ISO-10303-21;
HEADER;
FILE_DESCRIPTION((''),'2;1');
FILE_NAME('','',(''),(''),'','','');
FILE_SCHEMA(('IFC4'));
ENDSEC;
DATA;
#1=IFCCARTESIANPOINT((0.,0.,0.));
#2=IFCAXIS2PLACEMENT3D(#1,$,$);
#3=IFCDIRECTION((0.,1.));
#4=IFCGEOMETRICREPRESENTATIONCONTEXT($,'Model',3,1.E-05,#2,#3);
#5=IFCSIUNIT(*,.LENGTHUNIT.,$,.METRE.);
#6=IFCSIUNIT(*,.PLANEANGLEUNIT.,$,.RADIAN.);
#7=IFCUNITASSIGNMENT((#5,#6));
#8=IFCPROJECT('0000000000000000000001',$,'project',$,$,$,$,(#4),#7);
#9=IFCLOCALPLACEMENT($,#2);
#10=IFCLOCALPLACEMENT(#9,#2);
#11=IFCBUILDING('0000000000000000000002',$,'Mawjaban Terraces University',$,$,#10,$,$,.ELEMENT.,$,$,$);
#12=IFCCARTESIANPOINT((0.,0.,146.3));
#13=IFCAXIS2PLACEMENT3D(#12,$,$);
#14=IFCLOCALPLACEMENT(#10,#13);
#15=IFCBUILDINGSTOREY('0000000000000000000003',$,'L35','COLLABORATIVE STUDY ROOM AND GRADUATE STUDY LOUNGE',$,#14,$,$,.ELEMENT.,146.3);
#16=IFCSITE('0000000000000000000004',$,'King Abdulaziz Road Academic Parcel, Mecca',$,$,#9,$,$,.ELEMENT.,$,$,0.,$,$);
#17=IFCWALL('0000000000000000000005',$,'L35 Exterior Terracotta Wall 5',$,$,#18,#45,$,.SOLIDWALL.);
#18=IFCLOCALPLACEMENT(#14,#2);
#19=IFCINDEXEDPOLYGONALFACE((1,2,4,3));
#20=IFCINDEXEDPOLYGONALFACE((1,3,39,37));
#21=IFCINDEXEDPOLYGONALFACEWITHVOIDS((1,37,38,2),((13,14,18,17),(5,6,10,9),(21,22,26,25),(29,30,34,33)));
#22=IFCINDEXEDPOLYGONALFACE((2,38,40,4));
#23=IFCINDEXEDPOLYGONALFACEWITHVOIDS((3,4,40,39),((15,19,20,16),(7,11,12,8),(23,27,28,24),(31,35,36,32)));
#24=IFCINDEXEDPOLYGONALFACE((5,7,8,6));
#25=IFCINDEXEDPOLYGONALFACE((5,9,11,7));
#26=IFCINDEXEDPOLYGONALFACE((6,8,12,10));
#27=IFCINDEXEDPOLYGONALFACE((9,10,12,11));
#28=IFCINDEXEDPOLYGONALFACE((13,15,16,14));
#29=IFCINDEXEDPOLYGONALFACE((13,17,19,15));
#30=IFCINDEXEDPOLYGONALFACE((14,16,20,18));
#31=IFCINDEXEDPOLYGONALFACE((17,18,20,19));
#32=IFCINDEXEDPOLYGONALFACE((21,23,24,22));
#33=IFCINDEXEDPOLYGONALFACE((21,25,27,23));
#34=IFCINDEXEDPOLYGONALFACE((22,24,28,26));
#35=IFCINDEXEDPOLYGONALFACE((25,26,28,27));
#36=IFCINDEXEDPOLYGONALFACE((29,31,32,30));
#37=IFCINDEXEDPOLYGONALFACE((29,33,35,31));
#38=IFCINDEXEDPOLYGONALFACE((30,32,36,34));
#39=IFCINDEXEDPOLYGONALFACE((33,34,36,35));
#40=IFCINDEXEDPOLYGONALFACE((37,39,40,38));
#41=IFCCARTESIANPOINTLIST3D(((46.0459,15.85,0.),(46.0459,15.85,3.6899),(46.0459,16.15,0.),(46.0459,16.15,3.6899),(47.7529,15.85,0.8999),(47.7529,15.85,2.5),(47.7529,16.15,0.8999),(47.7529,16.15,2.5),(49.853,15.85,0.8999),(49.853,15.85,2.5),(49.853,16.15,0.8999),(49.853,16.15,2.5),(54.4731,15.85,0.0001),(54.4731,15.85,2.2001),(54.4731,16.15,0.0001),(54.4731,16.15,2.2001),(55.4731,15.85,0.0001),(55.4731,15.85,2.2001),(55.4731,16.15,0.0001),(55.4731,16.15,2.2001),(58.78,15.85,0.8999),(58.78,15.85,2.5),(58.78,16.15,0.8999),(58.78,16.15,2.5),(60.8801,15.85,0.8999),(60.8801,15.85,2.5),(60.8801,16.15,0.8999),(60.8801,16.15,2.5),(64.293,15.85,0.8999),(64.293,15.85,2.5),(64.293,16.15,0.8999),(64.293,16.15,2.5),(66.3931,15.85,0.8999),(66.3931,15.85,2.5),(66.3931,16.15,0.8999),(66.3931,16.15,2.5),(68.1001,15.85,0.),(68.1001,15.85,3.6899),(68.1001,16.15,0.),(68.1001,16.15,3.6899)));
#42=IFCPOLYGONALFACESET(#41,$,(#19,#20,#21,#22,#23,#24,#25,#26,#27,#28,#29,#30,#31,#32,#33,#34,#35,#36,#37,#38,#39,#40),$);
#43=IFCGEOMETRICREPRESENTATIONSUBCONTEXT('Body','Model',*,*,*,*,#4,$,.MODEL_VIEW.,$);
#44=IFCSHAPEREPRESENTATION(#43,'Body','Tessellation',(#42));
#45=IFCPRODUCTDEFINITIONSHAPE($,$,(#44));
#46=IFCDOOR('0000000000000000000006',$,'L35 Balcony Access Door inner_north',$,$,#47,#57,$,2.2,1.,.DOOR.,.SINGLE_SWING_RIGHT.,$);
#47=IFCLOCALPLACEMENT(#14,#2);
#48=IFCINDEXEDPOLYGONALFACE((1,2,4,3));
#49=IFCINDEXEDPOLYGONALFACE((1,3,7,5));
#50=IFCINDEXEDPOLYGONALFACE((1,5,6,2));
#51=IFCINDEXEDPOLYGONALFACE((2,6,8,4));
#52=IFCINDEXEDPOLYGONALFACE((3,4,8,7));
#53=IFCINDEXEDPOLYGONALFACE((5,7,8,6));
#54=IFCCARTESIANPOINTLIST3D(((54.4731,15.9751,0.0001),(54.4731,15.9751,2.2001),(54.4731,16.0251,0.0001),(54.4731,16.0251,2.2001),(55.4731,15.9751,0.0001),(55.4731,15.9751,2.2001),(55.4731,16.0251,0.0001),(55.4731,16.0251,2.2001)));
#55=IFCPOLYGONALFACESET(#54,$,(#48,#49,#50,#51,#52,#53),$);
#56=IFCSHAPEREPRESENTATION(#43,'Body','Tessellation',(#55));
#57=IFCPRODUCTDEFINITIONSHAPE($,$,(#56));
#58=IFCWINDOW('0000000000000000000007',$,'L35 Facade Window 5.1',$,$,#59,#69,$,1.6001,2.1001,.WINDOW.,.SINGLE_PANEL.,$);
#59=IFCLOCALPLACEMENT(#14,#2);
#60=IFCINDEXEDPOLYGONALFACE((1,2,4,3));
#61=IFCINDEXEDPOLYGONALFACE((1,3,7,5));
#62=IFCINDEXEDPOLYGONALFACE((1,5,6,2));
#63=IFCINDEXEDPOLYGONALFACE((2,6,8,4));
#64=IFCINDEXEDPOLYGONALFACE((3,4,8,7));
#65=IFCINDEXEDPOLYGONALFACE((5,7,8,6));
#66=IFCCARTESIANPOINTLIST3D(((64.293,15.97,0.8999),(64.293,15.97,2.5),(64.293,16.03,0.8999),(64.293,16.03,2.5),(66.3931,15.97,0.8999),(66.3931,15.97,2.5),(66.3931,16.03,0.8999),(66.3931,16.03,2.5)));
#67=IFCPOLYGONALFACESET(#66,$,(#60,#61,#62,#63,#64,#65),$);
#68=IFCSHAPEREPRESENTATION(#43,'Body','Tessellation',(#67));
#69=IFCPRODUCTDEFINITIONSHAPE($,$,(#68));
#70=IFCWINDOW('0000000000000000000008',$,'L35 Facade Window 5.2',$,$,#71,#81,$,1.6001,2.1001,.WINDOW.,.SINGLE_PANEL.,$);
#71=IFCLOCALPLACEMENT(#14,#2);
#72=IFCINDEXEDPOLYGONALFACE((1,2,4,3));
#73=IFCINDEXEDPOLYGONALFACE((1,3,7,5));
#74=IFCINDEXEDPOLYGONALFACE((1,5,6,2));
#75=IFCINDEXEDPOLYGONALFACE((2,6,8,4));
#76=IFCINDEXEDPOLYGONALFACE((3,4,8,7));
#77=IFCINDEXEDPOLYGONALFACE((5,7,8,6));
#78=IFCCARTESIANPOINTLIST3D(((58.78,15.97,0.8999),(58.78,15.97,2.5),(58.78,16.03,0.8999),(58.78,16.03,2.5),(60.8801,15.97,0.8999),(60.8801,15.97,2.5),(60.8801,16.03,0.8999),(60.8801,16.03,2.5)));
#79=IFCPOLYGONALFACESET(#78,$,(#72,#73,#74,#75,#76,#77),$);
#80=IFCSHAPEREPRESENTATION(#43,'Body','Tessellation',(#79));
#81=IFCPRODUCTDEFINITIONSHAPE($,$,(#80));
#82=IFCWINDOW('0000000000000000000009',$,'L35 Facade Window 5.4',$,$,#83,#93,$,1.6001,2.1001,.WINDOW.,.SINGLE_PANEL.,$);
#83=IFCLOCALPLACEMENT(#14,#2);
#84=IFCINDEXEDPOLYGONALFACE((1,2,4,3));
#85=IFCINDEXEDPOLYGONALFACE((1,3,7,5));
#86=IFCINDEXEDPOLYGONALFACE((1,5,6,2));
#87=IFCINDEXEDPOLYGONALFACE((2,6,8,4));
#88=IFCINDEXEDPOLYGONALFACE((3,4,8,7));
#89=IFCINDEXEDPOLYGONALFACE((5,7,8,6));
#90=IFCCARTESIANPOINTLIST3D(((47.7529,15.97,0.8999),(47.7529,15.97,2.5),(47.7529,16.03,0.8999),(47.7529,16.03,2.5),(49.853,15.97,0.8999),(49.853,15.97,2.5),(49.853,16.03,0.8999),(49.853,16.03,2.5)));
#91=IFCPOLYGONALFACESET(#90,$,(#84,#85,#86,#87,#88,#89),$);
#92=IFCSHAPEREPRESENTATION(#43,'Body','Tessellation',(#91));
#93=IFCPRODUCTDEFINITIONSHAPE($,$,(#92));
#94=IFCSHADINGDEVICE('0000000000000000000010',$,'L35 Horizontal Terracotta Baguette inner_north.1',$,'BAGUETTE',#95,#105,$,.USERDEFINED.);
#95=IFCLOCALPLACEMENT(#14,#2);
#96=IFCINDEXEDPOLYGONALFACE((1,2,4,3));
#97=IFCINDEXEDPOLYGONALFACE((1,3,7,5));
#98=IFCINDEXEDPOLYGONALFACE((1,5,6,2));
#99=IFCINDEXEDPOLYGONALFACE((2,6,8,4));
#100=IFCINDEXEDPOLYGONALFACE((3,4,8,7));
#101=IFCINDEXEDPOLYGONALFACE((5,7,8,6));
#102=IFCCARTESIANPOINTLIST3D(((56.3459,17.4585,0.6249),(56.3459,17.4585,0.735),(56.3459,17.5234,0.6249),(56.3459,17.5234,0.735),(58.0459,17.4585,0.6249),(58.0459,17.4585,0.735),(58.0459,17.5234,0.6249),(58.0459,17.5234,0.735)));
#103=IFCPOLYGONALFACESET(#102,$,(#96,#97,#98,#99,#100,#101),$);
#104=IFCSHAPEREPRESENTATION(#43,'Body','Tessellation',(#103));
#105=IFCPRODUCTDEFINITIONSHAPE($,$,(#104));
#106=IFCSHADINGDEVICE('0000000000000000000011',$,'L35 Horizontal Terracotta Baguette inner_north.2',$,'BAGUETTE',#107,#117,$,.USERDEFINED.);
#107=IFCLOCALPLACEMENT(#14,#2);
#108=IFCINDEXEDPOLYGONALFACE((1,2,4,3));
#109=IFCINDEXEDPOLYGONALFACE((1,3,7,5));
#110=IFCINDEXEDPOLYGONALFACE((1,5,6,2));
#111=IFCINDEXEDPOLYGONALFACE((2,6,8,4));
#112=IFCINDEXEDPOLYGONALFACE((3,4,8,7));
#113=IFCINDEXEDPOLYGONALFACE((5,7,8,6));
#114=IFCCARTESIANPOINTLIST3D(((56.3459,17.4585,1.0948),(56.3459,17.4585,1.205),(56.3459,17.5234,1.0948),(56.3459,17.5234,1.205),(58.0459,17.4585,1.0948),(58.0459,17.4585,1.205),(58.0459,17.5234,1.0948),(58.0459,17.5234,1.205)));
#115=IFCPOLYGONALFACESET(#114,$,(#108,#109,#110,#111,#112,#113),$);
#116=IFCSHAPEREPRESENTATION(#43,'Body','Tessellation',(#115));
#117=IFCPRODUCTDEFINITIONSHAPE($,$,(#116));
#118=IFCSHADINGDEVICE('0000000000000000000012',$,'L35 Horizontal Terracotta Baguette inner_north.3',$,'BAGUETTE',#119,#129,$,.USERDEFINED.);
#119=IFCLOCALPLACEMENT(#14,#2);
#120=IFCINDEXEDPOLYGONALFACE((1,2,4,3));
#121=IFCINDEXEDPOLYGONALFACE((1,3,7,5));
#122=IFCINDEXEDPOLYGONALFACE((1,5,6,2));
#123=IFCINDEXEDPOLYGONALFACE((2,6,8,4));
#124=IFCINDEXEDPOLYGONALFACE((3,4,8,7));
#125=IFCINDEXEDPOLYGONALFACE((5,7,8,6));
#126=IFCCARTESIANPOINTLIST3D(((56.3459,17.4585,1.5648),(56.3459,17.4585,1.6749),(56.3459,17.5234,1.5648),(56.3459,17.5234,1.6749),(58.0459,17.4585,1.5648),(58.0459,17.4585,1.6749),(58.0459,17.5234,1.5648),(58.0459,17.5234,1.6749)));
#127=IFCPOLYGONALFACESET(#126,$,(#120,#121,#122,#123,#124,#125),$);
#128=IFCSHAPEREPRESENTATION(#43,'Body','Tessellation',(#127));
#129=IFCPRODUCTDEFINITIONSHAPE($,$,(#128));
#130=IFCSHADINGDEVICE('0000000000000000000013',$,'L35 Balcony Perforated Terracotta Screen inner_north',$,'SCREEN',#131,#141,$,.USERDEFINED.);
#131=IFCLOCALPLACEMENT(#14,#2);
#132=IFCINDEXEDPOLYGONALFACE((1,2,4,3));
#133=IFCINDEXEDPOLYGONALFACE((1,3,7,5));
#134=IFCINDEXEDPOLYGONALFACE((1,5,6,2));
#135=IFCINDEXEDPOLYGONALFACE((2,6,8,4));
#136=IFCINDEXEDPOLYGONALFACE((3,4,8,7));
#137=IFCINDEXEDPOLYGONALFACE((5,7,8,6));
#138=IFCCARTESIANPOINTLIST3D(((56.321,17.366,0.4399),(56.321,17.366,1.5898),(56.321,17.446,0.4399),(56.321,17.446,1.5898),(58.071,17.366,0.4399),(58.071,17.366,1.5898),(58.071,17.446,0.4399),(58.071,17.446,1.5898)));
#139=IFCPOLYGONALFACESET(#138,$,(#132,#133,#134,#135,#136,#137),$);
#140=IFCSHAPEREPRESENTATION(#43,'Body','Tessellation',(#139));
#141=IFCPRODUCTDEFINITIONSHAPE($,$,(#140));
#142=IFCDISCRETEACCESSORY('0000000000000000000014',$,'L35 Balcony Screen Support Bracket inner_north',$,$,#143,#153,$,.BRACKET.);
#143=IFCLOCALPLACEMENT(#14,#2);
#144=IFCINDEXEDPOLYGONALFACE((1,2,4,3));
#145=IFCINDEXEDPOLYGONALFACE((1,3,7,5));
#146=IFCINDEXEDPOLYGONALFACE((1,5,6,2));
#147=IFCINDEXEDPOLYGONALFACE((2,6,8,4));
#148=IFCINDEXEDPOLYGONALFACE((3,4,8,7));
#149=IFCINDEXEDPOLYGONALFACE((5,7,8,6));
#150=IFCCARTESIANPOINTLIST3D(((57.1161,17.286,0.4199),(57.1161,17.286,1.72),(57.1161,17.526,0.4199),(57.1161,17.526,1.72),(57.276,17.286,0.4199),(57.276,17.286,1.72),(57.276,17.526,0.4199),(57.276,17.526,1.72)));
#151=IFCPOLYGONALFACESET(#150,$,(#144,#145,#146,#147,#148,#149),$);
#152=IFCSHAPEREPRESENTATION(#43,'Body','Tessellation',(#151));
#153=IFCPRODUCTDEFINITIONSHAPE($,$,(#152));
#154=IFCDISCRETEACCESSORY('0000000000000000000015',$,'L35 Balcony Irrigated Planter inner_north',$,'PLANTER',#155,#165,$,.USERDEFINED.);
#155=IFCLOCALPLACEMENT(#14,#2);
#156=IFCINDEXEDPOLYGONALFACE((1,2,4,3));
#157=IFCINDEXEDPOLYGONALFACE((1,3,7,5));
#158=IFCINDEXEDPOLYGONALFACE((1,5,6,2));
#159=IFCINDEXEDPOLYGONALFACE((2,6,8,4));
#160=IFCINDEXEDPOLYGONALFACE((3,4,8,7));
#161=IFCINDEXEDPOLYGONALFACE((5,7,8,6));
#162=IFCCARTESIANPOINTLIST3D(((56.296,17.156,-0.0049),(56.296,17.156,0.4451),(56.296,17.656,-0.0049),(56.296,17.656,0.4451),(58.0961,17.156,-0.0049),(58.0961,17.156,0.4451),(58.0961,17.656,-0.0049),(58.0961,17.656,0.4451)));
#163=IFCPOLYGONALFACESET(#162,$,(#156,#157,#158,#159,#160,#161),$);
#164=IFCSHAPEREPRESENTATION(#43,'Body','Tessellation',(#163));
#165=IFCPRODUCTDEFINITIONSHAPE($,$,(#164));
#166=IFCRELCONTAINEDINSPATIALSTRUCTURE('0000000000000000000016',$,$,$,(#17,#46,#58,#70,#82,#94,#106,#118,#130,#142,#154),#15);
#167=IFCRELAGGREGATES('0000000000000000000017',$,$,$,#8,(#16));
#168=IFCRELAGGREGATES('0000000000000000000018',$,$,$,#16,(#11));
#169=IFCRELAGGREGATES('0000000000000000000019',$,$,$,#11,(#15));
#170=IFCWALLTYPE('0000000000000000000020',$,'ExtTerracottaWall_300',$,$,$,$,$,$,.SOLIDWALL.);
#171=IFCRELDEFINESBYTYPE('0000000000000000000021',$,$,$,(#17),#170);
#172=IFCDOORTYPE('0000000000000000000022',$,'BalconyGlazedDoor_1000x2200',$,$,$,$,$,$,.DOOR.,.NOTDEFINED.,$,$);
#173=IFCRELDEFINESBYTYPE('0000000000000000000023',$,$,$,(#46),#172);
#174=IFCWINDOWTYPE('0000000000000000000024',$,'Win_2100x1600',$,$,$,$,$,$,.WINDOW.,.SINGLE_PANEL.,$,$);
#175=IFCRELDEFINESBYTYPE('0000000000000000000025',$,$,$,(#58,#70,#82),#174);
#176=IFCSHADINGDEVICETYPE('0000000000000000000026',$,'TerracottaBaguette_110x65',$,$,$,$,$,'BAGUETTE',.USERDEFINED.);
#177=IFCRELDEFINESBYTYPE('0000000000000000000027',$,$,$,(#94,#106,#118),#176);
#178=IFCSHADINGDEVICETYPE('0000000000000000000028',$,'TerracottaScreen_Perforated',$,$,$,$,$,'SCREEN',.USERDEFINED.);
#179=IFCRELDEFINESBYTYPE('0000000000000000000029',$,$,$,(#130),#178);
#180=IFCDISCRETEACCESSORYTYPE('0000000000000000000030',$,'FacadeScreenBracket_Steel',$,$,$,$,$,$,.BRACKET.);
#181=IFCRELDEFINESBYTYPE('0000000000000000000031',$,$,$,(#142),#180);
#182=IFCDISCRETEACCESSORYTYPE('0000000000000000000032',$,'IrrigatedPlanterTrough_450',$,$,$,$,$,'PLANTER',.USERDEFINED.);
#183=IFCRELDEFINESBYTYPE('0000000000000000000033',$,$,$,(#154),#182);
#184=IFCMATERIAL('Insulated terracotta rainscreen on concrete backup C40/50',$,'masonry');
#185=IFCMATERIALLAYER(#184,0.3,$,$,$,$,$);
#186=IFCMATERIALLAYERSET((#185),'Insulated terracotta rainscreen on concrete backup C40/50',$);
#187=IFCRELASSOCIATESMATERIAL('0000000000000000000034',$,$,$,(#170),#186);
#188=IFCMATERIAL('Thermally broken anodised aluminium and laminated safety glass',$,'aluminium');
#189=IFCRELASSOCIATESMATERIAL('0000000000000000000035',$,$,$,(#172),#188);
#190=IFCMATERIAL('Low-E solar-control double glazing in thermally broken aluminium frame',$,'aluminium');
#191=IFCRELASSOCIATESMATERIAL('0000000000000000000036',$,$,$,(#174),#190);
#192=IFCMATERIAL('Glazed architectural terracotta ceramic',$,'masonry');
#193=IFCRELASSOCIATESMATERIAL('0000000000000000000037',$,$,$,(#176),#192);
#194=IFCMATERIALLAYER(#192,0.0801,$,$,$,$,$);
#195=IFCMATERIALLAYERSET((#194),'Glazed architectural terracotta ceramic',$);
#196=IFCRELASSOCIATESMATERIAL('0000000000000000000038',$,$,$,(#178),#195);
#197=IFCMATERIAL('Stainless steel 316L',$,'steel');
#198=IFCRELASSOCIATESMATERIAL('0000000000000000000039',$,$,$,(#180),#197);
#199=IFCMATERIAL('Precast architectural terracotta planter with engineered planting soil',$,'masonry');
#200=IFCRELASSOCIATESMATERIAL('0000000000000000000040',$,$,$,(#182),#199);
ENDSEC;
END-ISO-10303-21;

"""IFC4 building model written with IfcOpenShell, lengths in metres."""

from ifc_helpers import new_model, si_unit, direction, frame, frame_2d, origin, origin_2d, place, context, subcontext, project, spatial, rectangle, extrude, material, layer, layer_set, material_profile, profile_set, type_object, element, fill, save


model = new_model("IFC4")

# Units and contexts
model_context = context("Model", 3, precision=1e-05, world=origin(), true_north=direction((0.0, 1.0)))
body_context = subcontext(model_context, "Body", "Model", "MODEL_VIEW")
ifc_project = project(units=[si_unit("LENGTHUNIT", "METRE"), si_unit("PLANEANGLEUNIT", "RADIAN")], contexts=[model_context])

# Site, building, storey
site_placement = place(None, origin())
site = spatial("IfcSite", under=ifc_project, at=site_placement, Name="King Abdulaziz Road Academic Parcel, Mecca", CompositionType="ELEMENT", RefElevation=0.0)
building_placement = place(site_placement, origin())
building = spatial("IfcBuilding", under=site, at=building_placement, Name="Mawjaban Terraces University", CompositionType="ELEMENT")
storey_placement = place(building_placement, frame((0.0, 0.0, 146.3)))
storey = spatial("IfcBuildingStorey", under=building, at=storey_placement, Name="L35", Description="COLLABORATIVE STUDY ROOM AND GRADUATE STUDY LOUNGE", CompositionType="ELEMENT", Elevation=146.3)

# Wall, openings, door, windows
ifc_material_1 = material(Name="Insulated terracotta rainscreen on concrete backup C40/50", Category="masonry")
ifc_layer_1 = layer(ifc_material_1, 0.3)
ifc_layer_set_1 = layer_set([ifc_layer_1], Name="Insulated terracotta rainscreen on concrete backup C40/50")
wall_type = type_object("IfcWallType", Name="ExtTerracottaWall_300", PredefinedType="SOLIDWALL", material=ifc_layer_set_1)
wall_placement = place(storey_placement, frame((68.1001, 16.0, 0.0), z_axis=(0.0, 0.0, 1.0), x_axis=(-1.0, 0.0, 0.0)))
wall = element("IfcWall", 1, at=wall_placement, inside=storey, type_object=wall_type, Name="L35 Exterior Terracotta Wall 5", PredefinedType="SOLIDWALL", context=body_context, shape_type="SweptSolid", body=[
    extrude(rectangle(XDim=22.0542, YDim=0.3, at=frame_2d((11.0271, 0.0))), origin(), (0.0, 0.0, 1.0), 3.6899),
])
opening_1_placement = place(wall_placement, frame((12.627, 0.0, 0.0)))
opening_1 = element("IfcOpeningElement", 2, at=opening_1_placement, cuts=wall, PredefinedType="OPENING", context=body_context, shape_type="SweptSolid", body=[
    extrude(rectangle(XDim=1.0, YDim=2.2, at=frame_2d((0.5, 1.1001))), frame((0.0, 0.1599, 0.0), z_axis=(0.0, -1.0, 0.0), x_axis=(1.0, 0.0, 0.0)), (0.0, 0.0, 1.0), 0.3201),
])
opening_2_placement = place(wall_placement, frame((1.707, 0.0, 0.8999)))
opening_2 = element("IfcOpeningElement", 3, at=opening_2_placement, cuts=wall, PredefinedType="OPENING", context=body_context, shape_type="SweptSolid", body=[
    extrude(rectangle(XDim=2.1001, YDim=1.6001, at=frame_2d((1.05, 0.8))), frame((0.0, 0.1599, 0.0), z_axis=(0.0, -1.0, 0.0), x_axis=(1.0, 0.0, 0.0)), (0.0, 0.0, 1.0), 0.3201),
])
opening_3_placement = place(wall_placement, frame((7.22, 0.0, 0.8999)))
opening_3 = element("IfcOpeningElement", 4, at=opening_3_placement, cuts=wall, PredefinedType="OPENING", context=body_context, shape_type="SweptSolid", body=[
    extrude(rectangle(XDim=2.1001, YDim=1.6001, at=frame_2d((1.05, 0.8))), frame((0.0, 0.1599, 0.0), z_axis=(0.0, -1.0, 0.0), x_axis=(1.0, 0.0, 0.0)), (0.0, 0.0, 1.0), 0.3201),
])
opening_4_placement = place(wall_placement, frame((18.2471, 0.0, 0.8999)))
opening_4 = element("IfcOpeningElement", 5, at=opening_4_placement, cuts=wall, PredefinedType="OPENING", context=body_context, shape_type="SweptSolid", body=[
    extrude(rectangle(XDim=2.1001, YDim=1.6001, at=frame_2d((1.05, 0.8))), frame((0.0, 0.1599, 0.0), z_axis=(0.0, -1.0, 0.0), x_axis=(1.0, 0.0, 0.0)), (0.0, 0.0, 1.0), 0.3201),
])
ifc_material_2 = material(Name="Thermally broken anodised aluminium and laminated safety glass", Category="aluminium")
door_type = type_object("IfcDoorType", Name="BalconyGlazedDoor_1000x2200", OperationType="NOTDEFINED", PredefinedType="DOOR", material=ifc_material_2)
door_placement = place(opening_1_placement, origin())
door = element("IfcDoor", 6, at=door_placement, inside=storey, type_object=door_type, Name="L35 Balcony Access Door inner_north", OperationType="SINGLE_SWING_RIGHT", OverallHeight=2.2, OverallWidth=1.0, PredefinedType="DOOR", context=body_context, shape_type="SweptSolid", body=[
    extrude(rectangle(XDim=1.0, YDim=2.2, at=frame_2d((0.5, 1.1001))), frame((0.0, 0.0249, 0.0), z_axis=(0.0, -1.0, 0.0), x_axis=(1.0, 0.0, 0.0)), (0.0, 0.0, 1.0), 0.05),
])
fill(opening_1, door)
ifc_material_3 = material(Name="Low-E solar-control double glazing in thermally broken aluminium frame", Category="aluminium")
window_type = type_object("IfcWindowType", Name="Win_2100x1600", PartitioningType="SINGLE_PANEL", PredefinedType="WINDOW", material=ifc_material_3)
window_1_placement = place(opening_2_placement, origin())
window_1 = element("IfcWindow", 7, at=window_1_placement, inside=storey, type_object=window_type, Name="L35 Facade Window 5.1", OverallHeight=1.6001, OverallWidth=2.1001, PartitioningType="SINGLE_PANEL", PredefinedType="WINDOW", context=body_context, shape_type="SweptSolid", body=[
    extrude(rectangle(XDim=2.1001, YDim=1.6001, at=frame_2d((1.05, 0.8))), frame((0.0, 0.03, 0.0), z_axis=(0.0, -1.0, 0.0), x_axis=(1.0, 0.0, 0.0)), (0.0, 0.0, 1.0), 0.0601),
])
fill(opening_2, window_1)
window_2_placement = place(opening_3_placement, origin())
window_2 = element("IfcWindow", 8, at=window_2_placement, inside=storey, type_object=window_type, Name="L35 Facade Window 5.2", OverallHeight=1.6001, OverallWidth=2.1001, PartitioningType="SINGLE_PANEL", PredefinedType="WINDOW", context=body_context, shape_type="SweptSolid", body=[
    extrude(rectangle(XDim=2.1001, YDim=1.6001, at=frame_2d((1.05, 0.8))), frame((0.0, 0.03, 0.0), z_axis=(0.0, -1.0, 0.0), x_axis=(1.0, 0.0, 0.0)), (0.0, 0.0, 1.0), 0.0601),
])
fill(opening_3, window_2)
window_3_placement = place(opening_4_placement, origin())
window_3 = element("IfcWindow", 9, at=window_3_placement, inside=storey, type_object=window_type, Name="L35 Facade Window 5.4", OverallHeight=1.6001, OverallWidth=2.1001, PartitioningType="SINGLE_PANEL", PredefinedType="WINDOW", context=body_context, shape_type="SweptSolid", body=[
    extrude(rectangle(XDim=2.1001, YDim=1.6001, at=frame_2d((1.05, 0.8))), frame((0.0, 0.03, 0.0), z_axis=(0.0, -1.0, 0.0), x_axis=(1.0, 0.0, 0.0)), (0.0, 0.0, 1.0), 0.0601),
])
fill(opening_4, window_3)

# Shading devices
ifc_material_4 = material(Name="Glazed architectural terracotta ceramic", Category="masonry")
ifc_material_profile_1 = material_profile(ifc_material_4, rectangle(XDim=0.0649, YDim=0.1101, at=origin_2d()), Name="TBAG110X65")
ifc_profile_set_1 = profile_set([ifc_material_profile_1], Name="Glazed architectural terracotta ceramic")
shading_device_type_1 = type_object("IfcShadingDeviceType", Name="TerracottaBaguette_110x65", ElementType="BAGUETTE", PredefinedType="USERDEFINED", material=ifc_profile_set_1)
for number, where, z_axis, x_axis, name in (
    (10, (56.3459, 17.491, 0.6799), (1.0, 0.0, 0.0), (0.0, 1.0, 0.0), "L35 Horizontal Terracotta Baguette inner_north.1"),
    (11, (56.3459, 17.491, 1.1499), (1.0, 0.0, 0.0), (0.0, 1.0, 0.0), "L35 Horizontal Terracotta Baguette inner_north.2"),
    (12, (56.3459, 17.491, 1.6199), (1.0, 0.0, 0.0), (0.0, 1.0, 0.0), "L35 Horizontal Terracotta Baguette inner_north.3"),
):
    element("IfcShadingDevice", number, at=place(storey_placement, frame(where, z_axis=z_axis, x_axis=x_axis)), inside=storey, type_object=shading_device_type_1, Name=name, ObjectType="BAGUETTE", PredefinedType="USERDEFINED", context=body_context, shape_type="SweptSolid", body=[
        extrude(rectangle(XDim=0.0649, YDim=0.1101, at=origin_2d()), origin(), (0.0, 0.0, 1.0), 1.7),
    ])
ifc_layer_2 = layer(ifc_material_4, 0.0801)
ifc_layer_set_2 = layer_set([ifc_layer_2], Name="Glazed architectural terracotta ceramic")
shading_device_type_2 = type_object("IfcShadingDeviceType", Name="TerracottaScreen_Perforated", ElementType="SCREEN", PredefinedType="USERDEFINED", material=ifc_layer_set_2)
shading_device_placement = place(storey_placement, frame((57.196, 17.406, 0.4399), z_axis=(0.0, 0.0, 1.0), x_axis=(1.0, 0.0, 0.0)))
element("IfcShadingDevice", 13, at=shading_device_placement, inside=storey, type_object=shading_device_type_2, Name="L35 Balcony Perforated Terracotta Screen inner_north", ObjectType="SCREEN", PredefinedType="USERDEFINED", context=body_context, shape_type="SweptSolid", body=[
    extrude(rectangle(XDim=1.75, YDim=0.0801, at=origin_2d()), origin(), (0.0, 0.0, 1.0), 1.1499),
])

# Discrete accessories
ifc_material_5 = material(Name="Stainless steel 316L", Category="steel")
discrete_accessory_type_1 = type_object("IfcDiscreteAccessoryType", Name="FacadeScreenBracket_Steel", PredefinedType="BRACKET", material=ifc_material_5)
discrete_accessory_1_placement = place(storey_placement, frame((57.196, 17.406, 0.4199), z_axis=(0.0, 0.0, 1.0), x_axis=(1.0, 0.0, 0.0)))
element("IfcDiscreteAccessory", 14, at=discrete_accessory_1_placement, inside=storey, type_object=discrete_accessory_type_1, Name="L35 Balcony Screen Support Bracket inner_north", PredefinedType="BRACKET", context=body_context, shape_type="SweptSolid", body=[
    extrude(rectangle(XDim=0.1599, YDim=0.24, at=origin_2d()), origin(), (0.0, 0.0, 1.0), 1.3),
])
ifc_material_6 = material(Name="Precast architectural terracotta planter with engineered planting soil", Category="masonry")
discrete_accessory_type_2 = type_object("IfcDiscreteAccessoryType", Name="IrrigatedPlanterTrough_450", ElementType="PLANTER", PredefinedType="USERDEFINED", material=ifc_material_6)
discrete_accessory_2_placement = place(storey_placement, frame((57.196, 17.406, -0.0049), z_axis=(0.0, 0.0, 1.0), x_axis=(1.0, 0.0, 0.0)))
element("IfcDiscreteAccessory", 15, at=discrete_accessory_2_placement, inside=storey, type_object=discrete_accessory_type_2, Name="L35 Balcony Irrigated Planter inner_north", ObjectType="PLANTER", PredefinedType="USERDEFINED", context=body_context, shape_type="SweptSolid", body=[
    extrude(rectangle(XDim=1.8, YDim=0.5, at=origin_2d()), origin(), (0.0, 0.0, 1.0), 0.45),
])

save(model, "model.ifc")
